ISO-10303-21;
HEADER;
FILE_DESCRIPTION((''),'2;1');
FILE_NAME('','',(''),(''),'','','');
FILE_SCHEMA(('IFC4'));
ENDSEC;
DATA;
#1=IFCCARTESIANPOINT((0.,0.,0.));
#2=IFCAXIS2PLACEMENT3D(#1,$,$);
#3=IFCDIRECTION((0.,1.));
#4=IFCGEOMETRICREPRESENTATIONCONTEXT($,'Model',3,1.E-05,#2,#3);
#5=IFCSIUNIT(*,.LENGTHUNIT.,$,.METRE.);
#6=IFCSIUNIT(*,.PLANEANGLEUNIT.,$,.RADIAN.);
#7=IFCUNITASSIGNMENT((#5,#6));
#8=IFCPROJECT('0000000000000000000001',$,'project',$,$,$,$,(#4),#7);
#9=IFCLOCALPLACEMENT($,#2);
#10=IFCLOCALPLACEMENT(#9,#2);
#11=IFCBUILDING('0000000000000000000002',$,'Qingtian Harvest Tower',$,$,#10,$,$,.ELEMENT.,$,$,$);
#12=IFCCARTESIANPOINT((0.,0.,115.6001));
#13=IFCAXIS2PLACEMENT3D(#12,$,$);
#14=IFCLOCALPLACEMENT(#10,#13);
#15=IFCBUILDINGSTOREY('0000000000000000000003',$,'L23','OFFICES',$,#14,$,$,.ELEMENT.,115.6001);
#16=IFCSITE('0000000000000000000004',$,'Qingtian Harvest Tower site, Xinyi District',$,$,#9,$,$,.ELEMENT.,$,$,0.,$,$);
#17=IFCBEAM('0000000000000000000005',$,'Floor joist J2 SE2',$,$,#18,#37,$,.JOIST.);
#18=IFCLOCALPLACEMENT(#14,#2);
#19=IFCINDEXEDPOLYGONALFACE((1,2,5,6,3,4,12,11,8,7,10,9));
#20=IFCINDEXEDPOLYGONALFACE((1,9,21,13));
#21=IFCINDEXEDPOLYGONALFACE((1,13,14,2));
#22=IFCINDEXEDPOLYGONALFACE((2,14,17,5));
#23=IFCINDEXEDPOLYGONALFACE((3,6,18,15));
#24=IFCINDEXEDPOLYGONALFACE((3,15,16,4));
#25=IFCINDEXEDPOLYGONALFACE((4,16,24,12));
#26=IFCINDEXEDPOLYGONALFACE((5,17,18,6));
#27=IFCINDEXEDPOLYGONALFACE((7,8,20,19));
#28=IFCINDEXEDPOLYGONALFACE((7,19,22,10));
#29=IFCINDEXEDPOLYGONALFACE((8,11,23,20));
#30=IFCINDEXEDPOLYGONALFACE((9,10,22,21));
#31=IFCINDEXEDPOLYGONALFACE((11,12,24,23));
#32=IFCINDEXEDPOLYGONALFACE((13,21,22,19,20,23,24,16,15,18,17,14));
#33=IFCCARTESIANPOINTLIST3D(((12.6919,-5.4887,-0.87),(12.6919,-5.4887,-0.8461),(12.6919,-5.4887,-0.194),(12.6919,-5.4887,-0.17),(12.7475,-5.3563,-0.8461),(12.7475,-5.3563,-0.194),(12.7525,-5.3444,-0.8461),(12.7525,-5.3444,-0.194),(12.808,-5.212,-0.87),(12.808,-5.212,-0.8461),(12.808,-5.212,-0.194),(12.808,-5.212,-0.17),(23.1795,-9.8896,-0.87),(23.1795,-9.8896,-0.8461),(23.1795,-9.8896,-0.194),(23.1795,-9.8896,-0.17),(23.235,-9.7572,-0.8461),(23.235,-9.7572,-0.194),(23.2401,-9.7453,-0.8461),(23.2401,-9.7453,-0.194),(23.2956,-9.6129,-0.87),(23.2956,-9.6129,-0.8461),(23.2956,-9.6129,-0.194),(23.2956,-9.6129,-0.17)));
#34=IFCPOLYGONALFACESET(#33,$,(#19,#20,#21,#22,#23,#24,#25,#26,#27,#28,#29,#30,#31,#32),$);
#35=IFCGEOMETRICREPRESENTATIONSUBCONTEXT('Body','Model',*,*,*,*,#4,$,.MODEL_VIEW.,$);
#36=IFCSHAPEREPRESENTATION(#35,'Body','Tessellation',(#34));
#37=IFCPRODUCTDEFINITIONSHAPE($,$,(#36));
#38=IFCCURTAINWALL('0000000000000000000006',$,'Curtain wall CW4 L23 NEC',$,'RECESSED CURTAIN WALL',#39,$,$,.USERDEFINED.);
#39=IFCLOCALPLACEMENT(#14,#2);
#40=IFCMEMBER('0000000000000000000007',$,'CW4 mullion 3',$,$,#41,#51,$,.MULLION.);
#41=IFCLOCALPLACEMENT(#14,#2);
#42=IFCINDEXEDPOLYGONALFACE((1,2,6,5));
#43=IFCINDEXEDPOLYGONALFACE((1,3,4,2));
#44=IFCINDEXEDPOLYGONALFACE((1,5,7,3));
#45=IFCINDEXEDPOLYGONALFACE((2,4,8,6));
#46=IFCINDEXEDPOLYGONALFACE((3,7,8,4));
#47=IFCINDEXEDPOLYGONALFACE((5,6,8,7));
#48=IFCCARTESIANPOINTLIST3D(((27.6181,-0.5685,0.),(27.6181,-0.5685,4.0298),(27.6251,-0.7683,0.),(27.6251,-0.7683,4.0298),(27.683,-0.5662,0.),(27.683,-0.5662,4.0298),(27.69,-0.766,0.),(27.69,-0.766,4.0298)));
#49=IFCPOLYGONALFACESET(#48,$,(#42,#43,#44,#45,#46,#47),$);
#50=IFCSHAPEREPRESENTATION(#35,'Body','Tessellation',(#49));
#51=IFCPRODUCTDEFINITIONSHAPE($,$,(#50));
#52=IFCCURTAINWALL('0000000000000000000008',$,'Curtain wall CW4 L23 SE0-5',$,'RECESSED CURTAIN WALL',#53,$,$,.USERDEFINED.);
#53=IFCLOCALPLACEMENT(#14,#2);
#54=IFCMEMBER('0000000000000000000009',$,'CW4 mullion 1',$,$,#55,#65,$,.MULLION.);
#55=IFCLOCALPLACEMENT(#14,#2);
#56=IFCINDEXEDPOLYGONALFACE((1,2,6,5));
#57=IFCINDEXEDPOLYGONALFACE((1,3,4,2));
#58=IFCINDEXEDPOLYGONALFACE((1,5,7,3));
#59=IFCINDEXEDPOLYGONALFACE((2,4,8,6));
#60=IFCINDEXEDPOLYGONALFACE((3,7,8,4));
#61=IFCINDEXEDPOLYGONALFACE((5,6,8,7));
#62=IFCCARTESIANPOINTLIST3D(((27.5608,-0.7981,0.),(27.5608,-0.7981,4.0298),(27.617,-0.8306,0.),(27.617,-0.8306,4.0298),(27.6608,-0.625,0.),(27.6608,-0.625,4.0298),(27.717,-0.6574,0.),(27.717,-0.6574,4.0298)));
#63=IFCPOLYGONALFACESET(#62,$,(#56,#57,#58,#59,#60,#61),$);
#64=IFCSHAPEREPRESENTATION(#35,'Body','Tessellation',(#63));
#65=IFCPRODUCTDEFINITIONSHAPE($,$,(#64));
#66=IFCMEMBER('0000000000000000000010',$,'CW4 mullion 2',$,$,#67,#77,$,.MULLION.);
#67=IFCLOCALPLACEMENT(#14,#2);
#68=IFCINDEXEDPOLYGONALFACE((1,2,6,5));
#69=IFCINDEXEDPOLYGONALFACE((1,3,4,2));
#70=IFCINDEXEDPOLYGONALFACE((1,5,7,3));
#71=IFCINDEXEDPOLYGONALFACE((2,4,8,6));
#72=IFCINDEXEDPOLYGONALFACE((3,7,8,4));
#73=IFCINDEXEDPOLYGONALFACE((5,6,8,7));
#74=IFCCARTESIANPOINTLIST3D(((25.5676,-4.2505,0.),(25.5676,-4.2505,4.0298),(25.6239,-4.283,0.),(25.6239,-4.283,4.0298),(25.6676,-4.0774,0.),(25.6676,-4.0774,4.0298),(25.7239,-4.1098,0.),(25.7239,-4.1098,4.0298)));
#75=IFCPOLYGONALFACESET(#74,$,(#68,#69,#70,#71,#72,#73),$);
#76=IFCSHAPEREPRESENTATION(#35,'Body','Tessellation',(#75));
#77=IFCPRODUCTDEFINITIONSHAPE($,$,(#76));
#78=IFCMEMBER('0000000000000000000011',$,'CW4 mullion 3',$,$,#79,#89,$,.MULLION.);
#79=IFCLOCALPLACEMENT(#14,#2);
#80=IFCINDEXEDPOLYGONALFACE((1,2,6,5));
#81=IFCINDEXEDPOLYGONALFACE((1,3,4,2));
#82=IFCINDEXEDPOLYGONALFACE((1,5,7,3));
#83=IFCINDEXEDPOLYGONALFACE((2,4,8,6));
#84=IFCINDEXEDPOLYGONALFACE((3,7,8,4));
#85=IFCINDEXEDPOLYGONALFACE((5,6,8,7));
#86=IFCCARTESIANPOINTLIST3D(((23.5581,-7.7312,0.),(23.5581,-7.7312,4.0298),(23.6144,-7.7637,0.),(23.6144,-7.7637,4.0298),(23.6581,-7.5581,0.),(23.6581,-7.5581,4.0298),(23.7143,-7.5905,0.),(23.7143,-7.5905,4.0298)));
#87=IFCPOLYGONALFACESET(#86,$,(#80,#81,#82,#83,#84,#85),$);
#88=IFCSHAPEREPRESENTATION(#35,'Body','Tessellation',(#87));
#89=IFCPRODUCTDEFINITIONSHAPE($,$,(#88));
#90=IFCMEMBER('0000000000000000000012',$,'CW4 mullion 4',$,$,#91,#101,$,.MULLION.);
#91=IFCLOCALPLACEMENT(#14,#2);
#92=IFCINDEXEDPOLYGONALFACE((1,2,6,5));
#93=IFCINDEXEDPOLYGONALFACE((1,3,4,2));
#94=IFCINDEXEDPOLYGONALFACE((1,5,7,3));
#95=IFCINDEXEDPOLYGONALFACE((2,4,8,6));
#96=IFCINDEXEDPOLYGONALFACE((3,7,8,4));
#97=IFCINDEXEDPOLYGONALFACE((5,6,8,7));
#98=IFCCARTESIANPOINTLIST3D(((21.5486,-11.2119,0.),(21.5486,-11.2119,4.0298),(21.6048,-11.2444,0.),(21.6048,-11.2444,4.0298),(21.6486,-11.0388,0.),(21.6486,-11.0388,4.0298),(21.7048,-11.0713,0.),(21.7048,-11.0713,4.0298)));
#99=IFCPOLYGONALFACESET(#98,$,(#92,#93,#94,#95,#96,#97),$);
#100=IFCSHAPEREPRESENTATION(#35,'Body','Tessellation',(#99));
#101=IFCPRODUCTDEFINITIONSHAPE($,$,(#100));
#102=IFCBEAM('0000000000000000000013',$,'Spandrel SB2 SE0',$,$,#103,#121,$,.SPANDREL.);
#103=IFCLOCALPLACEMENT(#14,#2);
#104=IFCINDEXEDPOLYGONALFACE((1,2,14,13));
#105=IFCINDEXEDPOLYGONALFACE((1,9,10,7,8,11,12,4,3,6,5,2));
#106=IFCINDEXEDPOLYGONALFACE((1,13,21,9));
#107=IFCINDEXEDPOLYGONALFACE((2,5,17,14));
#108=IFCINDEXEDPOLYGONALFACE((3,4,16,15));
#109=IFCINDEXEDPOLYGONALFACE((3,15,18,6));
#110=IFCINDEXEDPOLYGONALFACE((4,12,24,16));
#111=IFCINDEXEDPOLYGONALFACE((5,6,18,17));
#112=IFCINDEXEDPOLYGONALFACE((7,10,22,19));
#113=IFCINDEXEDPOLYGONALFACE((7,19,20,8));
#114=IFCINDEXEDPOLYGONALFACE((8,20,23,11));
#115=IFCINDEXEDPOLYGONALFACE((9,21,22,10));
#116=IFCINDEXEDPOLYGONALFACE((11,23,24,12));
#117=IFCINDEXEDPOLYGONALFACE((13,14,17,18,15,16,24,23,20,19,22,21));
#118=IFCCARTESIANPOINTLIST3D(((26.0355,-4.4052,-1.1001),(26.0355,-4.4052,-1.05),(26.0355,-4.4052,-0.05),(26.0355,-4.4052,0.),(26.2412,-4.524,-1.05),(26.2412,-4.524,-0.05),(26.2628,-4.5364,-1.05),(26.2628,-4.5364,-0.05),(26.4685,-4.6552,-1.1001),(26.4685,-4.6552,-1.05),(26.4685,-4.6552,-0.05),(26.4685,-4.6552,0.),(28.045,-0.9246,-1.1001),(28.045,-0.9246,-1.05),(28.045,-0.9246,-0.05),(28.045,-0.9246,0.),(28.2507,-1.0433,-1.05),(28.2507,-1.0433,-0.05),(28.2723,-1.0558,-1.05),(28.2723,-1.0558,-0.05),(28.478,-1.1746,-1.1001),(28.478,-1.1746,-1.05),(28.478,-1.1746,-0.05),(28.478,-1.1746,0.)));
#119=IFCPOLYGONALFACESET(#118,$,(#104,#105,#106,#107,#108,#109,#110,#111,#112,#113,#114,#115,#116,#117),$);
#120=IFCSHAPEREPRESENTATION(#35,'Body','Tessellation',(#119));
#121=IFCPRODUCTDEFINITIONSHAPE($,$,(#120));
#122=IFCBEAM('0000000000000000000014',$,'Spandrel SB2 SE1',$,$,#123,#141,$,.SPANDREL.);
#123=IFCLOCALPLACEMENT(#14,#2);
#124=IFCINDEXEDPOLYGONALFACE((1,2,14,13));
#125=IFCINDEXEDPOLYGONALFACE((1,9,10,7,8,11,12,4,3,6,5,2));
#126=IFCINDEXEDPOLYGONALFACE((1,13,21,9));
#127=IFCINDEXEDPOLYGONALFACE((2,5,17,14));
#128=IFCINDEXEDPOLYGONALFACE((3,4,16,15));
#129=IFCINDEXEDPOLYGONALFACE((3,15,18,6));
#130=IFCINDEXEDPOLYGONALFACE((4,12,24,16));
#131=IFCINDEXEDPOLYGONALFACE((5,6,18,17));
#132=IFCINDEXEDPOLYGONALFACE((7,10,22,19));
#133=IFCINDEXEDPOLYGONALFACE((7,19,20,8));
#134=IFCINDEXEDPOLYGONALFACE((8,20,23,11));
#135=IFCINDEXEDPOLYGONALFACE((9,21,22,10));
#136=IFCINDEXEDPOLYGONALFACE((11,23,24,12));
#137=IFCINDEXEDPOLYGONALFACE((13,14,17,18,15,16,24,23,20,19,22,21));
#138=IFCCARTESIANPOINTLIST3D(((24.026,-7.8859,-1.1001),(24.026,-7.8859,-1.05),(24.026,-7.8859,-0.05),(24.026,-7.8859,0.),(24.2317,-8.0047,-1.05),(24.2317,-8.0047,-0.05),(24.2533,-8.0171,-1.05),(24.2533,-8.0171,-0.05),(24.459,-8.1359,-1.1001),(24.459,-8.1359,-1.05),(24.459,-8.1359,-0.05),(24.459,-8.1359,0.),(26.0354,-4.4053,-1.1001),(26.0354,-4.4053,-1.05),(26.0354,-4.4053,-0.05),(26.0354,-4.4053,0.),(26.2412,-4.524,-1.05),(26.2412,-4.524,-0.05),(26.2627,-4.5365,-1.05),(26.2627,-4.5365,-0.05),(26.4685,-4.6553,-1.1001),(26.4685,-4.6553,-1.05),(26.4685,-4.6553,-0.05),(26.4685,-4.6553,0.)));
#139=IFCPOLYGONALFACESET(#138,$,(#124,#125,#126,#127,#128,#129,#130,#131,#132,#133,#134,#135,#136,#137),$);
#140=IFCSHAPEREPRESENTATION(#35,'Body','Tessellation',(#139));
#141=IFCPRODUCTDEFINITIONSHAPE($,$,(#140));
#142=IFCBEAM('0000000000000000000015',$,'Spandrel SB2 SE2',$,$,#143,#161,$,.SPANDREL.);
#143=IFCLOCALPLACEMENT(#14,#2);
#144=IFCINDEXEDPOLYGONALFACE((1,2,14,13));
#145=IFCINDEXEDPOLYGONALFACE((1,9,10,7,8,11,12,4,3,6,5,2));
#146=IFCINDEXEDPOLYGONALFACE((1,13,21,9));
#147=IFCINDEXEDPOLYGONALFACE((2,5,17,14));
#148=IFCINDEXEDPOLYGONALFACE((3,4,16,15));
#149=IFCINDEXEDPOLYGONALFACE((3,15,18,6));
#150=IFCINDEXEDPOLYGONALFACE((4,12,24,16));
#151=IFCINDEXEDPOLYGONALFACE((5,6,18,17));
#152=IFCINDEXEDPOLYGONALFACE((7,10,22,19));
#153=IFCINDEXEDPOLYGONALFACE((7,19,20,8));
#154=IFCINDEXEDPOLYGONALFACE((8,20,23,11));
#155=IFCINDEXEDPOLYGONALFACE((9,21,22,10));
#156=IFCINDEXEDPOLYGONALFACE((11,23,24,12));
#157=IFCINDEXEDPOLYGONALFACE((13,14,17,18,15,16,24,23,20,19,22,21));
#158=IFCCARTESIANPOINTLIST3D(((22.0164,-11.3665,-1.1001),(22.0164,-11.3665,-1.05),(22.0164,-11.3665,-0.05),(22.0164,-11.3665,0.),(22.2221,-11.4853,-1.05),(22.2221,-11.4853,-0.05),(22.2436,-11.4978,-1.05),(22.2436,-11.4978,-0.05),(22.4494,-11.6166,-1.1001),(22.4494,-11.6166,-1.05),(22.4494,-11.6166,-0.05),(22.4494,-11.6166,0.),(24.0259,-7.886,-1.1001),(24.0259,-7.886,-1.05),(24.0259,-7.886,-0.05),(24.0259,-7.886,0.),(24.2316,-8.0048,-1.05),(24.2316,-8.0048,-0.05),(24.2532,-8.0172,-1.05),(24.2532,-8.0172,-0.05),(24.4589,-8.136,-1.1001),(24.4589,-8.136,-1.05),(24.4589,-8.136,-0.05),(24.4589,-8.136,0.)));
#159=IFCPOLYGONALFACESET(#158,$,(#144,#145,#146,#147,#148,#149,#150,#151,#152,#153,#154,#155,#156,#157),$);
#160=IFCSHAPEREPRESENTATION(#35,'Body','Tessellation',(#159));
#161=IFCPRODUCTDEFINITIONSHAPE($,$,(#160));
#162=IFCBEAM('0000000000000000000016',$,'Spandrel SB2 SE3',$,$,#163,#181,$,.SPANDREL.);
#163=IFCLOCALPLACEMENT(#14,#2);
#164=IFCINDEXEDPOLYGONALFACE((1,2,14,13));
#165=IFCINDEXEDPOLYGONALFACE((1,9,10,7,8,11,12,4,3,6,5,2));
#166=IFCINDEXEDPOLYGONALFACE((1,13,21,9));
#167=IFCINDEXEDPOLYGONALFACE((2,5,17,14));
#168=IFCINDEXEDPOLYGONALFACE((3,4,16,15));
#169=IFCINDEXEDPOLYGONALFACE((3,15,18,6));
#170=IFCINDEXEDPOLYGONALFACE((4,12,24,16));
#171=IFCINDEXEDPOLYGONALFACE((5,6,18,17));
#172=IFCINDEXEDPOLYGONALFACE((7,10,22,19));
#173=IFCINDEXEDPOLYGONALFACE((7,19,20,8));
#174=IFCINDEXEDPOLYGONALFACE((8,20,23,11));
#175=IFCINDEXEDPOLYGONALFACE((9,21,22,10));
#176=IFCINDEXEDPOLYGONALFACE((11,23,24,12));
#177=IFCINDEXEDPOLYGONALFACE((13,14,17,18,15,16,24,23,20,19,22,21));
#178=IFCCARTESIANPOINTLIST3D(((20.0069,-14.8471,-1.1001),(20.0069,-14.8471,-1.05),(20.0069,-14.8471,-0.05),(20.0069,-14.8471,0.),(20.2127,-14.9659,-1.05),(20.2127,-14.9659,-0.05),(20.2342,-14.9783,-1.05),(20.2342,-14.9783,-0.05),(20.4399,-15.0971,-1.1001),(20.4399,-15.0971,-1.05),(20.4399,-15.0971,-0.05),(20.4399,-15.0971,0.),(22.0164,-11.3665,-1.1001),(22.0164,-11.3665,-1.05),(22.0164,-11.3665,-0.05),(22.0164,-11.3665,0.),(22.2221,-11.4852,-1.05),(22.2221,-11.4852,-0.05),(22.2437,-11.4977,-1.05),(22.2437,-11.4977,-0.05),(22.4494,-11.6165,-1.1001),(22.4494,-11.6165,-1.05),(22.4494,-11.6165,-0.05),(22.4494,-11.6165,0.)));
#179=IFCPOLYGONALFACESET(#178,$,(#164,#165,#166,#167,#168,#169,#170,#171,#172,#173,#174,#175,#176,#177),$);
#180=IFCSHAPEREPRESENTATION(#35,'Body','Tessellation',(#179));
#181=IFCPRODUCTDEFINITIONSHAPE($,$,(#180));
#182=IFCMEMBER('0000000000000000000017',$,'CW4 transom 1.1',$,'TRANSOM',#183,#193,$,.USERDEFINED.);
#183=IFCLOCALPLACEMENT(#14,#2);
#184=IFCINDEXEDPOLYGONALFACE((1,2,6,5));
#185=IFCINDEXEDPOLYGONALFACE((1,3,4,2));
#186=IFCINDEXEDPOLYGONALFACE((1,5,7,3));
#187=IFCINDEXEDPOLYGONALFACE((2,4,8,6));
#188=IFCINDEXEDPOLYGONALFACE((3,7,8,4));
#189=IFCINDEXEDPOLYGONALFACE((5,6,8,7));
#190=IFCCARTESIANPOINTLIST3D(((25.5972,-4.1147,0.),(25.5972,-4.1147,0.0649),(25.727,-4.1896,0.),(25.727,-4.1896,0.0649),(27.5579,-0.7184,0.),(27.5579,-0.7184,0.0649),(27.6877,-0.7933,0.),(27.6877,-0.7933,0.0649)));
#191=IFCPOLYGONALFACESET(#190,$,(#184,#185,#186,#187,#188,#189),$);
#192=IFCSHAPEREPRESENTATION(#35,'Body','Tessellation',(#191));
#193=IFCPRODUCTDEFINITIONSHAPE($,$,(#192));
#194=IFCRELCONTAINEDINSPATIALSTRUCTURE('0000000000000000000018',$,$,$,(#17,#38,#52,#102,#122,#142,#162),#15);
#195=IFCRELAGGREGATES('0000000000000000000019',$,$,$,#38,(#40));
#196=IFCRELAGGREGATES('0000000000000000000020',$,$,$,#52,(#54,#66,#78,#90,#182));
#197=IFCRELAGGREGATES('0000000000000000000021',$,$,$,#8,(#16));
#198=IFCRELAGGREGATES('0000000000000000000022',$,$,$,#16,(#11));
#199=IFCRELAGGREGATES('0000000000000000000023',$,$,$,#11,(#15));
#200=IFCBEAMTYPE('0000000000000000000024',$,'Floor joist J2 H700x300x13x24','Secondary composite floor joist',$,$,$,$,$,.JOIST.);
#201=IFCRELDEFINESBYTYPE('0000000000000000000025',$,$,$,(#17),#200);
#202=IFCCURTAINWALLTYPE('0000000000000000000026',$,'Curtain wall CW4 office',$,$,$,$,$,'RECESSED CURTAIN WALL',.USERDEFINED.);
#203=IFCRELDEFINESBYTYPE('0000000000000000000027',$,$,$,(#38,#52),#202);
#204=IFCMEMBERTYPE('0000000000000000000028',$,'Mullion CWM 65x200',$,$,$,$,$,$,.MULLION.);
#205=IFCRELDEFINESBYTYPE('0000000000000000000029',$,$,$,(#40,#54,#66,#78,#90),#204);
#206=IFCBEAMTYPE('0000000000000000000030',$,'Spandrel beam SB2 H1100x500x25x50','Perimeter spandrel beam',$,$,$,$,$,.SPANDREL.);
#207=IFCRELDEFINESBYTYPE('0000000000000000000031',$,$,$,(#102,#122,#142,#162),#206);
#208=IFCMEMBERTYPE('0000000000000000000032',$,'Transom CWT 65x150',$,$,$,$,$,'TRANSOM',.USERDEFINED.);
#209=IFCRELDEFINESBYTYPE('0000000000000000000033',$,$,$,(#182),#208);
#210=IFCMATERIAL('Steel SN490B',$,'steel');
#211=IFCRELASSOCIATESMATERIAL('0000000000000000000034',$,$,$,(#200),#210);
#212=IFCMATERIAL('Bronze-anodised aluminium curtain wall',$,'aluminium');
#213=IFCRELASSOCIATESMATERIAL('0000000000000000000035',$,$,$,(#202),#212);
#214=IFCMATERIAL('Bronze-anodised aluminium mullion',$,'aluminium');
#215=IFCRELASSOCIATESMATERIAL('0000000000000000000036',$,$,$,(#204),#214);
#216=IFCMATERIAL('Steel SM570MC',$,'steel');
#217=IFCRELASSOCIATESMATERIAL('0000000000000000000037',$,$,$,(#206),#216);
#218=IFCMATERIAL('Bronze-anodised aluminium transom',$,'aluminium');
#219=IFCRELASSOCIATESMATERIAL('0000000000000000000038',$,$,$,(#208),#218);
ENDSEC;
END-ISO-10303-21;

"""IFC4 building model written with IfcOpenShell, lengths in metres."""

from ifc_helpers import new_model, si_unit, direction, frame, origin, origin_2d, place, context, subcontext, project, spatial, rectangle, i_section, extrude, material, material_profile, profile_set, type_object, element, aggregate, save


model = new_model("IFC4")

# Units and contexts
model_context = context("Model", 3, precision=1e-05, world=origin(), true_north=direction((0.0, 1.0)))
body_context = subcontext(model_context, "Body", "Model", "MODEL_VIEW")
ifc_project = project(units=[si_unit("LENGTHUNIT", "METRE"), si_unit("PLANEANGLEUNIT", "RADIAN")], contexts=[model_context])

# Site, building, storey
site_placement = place(None, origin())
site = spatial("IfcSite", under=ifc_project, at=site_placement, Name="Qingtian Harvest Tower site, Xinyi District", CompositionType="ELEMENT", RefElevation=0.0)
building_placement = place(site_placement, origin())
building = spatial("IfcBuilding", under=site, at=building_placement, Name="Qingtian Harvest Tower", CompositionType="ELEMENT")
storey_placement = place(building_placement, frame((0.0, 0.0, 115.6001)))
storey = spatial("IfcBuildingStorey", under=building, at=storey_placement, Name="L23", Description="OFFICES", CompositionType="ELEMENT", Elevation=115.6001)

# Beam
ifc_material_1 = material(Name="Steel SN490B", Category="steel")
ifc_material_profile_1 = material_profile(ifc_material_1, i_section(OverallWidth=0.3, OverallDepth=0.7, WebThickness=0.0129, FlangeThickness=0.0239, at=origin_2d()), Name="H700x300x13x24")
ifc_profile_set_1 = profile_set([ifc_material_profile_1], Name="Steel SN490B")
beam_type_1 = type_object("IfcBeamType", Name="Floor joist J2 H700x300x13x24", Description="Secondary composite floor joist", PredefinedType="JOIST", material=ifc_profile_set_1)
beam_1_placement = place(storey_placement, frame((23.2375, -9.7512, -0.52), z_axis=(-0.922104, 0.386942, 0.0), x_axis=(-0.386942, -0.922104, 0.0)))
element("IfcBeam", 1, at=beam_1_placement, inside=storey, type_object=beam_type_1, Name="Floor joist J2 SE2", PredefinedType="JOIST", context=body_context, shape_type="SweptSolid", body=[
    extrude(i_section(OverallWidth=0.3, OverallDepth=0.7, WebThickness=0.0129, FlangeThickness=0.0239, at=origin_2d()), origin(), (0.0, 0.0, 1.0), 11.3735),
])

# Curtain wall, member
ifc_material_2 = material(Name="Bronze-anodised aluminium curtain wall", Category="aluminium")
curtain_wall_type = type_object("IfcCurtainWallType", Name="Curtain wall CW4 office", ElementType="RECESSED CURTAIN WALL", PredefinedType="USERDEFINED", material=ifc_material_2)
curtain_wall_1_placement = place(storey_placement, origin())
curtain_wall_1 = element("IfcCurtainWall", 2, at=curtain_wall_1_placement, inside=storey, type_object=curtain_wall_type, Name="Curtain wall CW4 L23 NEC", ObjectType="RECESSED CURTAIN WALL", PredefinedType="USERDEFINED")
ifc_material_3 = material(Name="Bronze-anodised aluminium mullion", Category="aluminium")
ifc_material_profile_2 = material_profile(ifc_material_3, rectangle(XDim=0.0649, YDim=0.2, at=origin_2d()), Name="AL 65x200")
ifc_profile_set_2 = profile_set([ifc_material_profile_2], Name="Bronze-anodised aluminium mullion")
member_type_1 = type_object("IfcMemberType", Name="Mullion CWM 65x200", PredefinedType="MULLION", material=ifc_profile_set_2)
member_1_placement = place(storey_placement, frame((27.6541, -0.6672, 0.0), z_axis=(0.0, 0.0, 1.0), x_axis=(0.999391, 0.034899, 0.0)))
member_1 = element("IfcMember", 3, at=member_1_placement, type_object=member_type_1, Name="CW4 mullion 3", PredefinedType="MULLION", context=body_context, shape_type="SweptSolid", body=[
    extrude(rectangle(XDim=0.0649, YDim=0.2, at=origin_2d()), origin(), (0.0, 0.0, 1.0), 4.0298),
])
aggregate(curtain_wall_1, [member_1])

# Curtain wall, members
curtain_wall_2_placement = place(storey_placement, origin())
curtain_wall_2 = element("IfcCurtainWall", 4, at=curtain_wall_2_placement, inside=storey, type_object=curtain_wall_type, Name="Curtain wall CW4 L23 SE0-5", ObjectType="RECESSED CURTAIN WALL", PredefinedType="USERDEFINED")
member_2_placement = place(storey_placement, frame((27.6389, -0.7278, 0.0), z_axis=(0.0, 0.0, 1.0), x_axis=(0.866025, -0.5, 0.0)))
member_2 = element("IfcMember", 5, at=member_2_placement, type_object=member_type_1, Name="CW4 mullion 1", PredefinedType="MULLION", context=body_context, shape_type="SweptSolid", body=[
    extrude(rectangle(XDim=0.0649, YDim=0.2, at=origin_2d()), origin(), (0.0, 0.0, 1.0), 4.0298),
])
member_3_placement = place(storey_placement, frame((25.6458, -4.1802, 0.0), z_axis=(0.0, 0.0, 1.0), x_axis=(0.866025, -0.5, 0.0)))
member_3 = element("IfcMember", 6, at=member_3_placement, type_object=member_type_1, Name="CW4 mullion 2", PredefinedType="MULLION", context=body_context, shape_type="SweptSolid", body=[
    extrude(rectangle(XDim=0.0649, YDim=0.2, at=origin_2d()), origin(), (0.0, 0.0, 1.0), 4.0298),
])
member_4_placement = place(storey_placement, frame((23.6362, -7.6609, 0.0), z_axis=(0.0, 0.0, 1.0), x_axis=(0.866025, -0.5, 0.0)))
member_4 = element("IfcMember", 7, at=member_4_placement, type_object=member_type_1, Name="CW4 mullion 3", PredefinedType="MULLION", context=body_context, shape_type="SweptSolid", body=[
    extrude(rectangle(XDim=0.0649, YDim=0.2, at=origin_2d()), origin(), (0.0, 0.0, 1.0), 4.0298),
])
member_5_placement = place(storey_placement, frame((21.6267, -11.1416, 0.0), z_axis=(0.0, 0.0, 1.0), x_axis=(0.866025, -0.5, 0.0)))
member_5 = element("IfcMember", 8, at=member_5_placement, type_object=member_type_1, Name="CW4 mullion 4", PredefinedType="MULLION", context=body_context, shape_type="SweptSolid", body=[
    extrude(rectangle(XDim=0.0649, YDim=0.2, at=origin_2d()), origin(), (0.0, 0.0, 1.0), 4.0298),
])

# Beams
ifc_material_4 = material(Name="Steel SM570MC", Category="steel")
ifc_material_profile_3 = material_profile(ifc_material_4, i_section(OverallWidth=0.5, OverallDepth=1.1001, WebThickness=0.0249, FlangeThickness=0.05, at=origin_2d()), Name="H1100x500x25x50")
ifc_profile_set_3 = profile_set([ifc_material_profile_3], Name="Steel SM570MC")
beam_type_2 = type_object("IfcBeamType", Name="Spandrel beam SB2 H1100x500x25x50", Description="Perimeter spandrel beam", PredefinedType="SPANDREL", material=ifc_profile_set_3)
for number, where, z_axis, x_axis, name in (
    (9, (28.2615, -1.0496, -0.55), (-0.499987, -0.866033, 0.0), (0.866033, -0.499987, 0.0), "Spandrel SB2 SE0"),
    (10, (26.252, -4.5303, -0.55), (-0.499987, -0.866033, 0.0), (0.866033, -0.499987, 0.0), "Spandrel SB2 SE1"),
    (11, (24.2424, -8.011, -0.55), (-0.500013, -0.866018, 0.0), (0.866018, -0.500013, 0.0), "Spandrel SB2 SE2"),
    (12, (22.2329, -11.4915, -0.55), (-0.499987, -0.866033, 0.0), (0.866033, -0.499987, 0.0), "Spandrel SB2 SE3"),
):
    element("IfcBeam", number, at=place(storey_placement, frame(where, z_axis=z_axis, x_axis=x_axis)), inside=storey, type_object=beam_type_2, Name=name, PredefinedType="SPANDREL", context=body_context, shape_type="SweptSolid", body=[
        extrude(i_section(OverallWidth=0.5, OverallDepth=1.1001, WebThickness=0.0249, FlangeThickness=0.05, at=origin_2d()), origin(), (0.0, 0.0, 1.0), 4.019),
    ])

# Member
ifc_material_5 = material(Name="Bronze-anodised aluminium transom", Category="aluminium")
ifc_material_profile_4 = material_profile(ifc_material_5, rectangle(XDim=0.1499, YDim=0.0649, at=origin_2d()), Name="AL 65x150")
ifc_profile_set_4 = profile_set([ifc_material_profile_4], Name="Bronze-anodised aluminium transom")
member_type_2 = type_object("IfcMemberType", Name="Transom CWT 65x150", ElementType="TRANSOM", PredefinedType="USERDEFINED", material=ifc_profile_set_4)
member_6_placement = place(storey_placement, frame((27.6228, -0.7559, 0.0325), z_axis=(-0.499976, -0.866039, 0.0), x_axis=(0.866039, -0.499976, 0.0)))
member_6 = element("IfcMember", 13, at=member_6_placement, type_object=member_type_2, Name="CW4 transom 1.1", ObjectType="TRANSOM", PredefinedType="USERDEFINED", context=body_context, shape_type="SweptSolid", body=[
    extrude(rectangle(XDim=0.1499, YDim=0.0649, at=origin_2d()), origin(), (0.0, 0.0, 1.0), 3.9216),
])

aggregate(curtain_wall_2, [member_2, member_3, member_4, member_5, member_6])

save(model, "model.ifc")
